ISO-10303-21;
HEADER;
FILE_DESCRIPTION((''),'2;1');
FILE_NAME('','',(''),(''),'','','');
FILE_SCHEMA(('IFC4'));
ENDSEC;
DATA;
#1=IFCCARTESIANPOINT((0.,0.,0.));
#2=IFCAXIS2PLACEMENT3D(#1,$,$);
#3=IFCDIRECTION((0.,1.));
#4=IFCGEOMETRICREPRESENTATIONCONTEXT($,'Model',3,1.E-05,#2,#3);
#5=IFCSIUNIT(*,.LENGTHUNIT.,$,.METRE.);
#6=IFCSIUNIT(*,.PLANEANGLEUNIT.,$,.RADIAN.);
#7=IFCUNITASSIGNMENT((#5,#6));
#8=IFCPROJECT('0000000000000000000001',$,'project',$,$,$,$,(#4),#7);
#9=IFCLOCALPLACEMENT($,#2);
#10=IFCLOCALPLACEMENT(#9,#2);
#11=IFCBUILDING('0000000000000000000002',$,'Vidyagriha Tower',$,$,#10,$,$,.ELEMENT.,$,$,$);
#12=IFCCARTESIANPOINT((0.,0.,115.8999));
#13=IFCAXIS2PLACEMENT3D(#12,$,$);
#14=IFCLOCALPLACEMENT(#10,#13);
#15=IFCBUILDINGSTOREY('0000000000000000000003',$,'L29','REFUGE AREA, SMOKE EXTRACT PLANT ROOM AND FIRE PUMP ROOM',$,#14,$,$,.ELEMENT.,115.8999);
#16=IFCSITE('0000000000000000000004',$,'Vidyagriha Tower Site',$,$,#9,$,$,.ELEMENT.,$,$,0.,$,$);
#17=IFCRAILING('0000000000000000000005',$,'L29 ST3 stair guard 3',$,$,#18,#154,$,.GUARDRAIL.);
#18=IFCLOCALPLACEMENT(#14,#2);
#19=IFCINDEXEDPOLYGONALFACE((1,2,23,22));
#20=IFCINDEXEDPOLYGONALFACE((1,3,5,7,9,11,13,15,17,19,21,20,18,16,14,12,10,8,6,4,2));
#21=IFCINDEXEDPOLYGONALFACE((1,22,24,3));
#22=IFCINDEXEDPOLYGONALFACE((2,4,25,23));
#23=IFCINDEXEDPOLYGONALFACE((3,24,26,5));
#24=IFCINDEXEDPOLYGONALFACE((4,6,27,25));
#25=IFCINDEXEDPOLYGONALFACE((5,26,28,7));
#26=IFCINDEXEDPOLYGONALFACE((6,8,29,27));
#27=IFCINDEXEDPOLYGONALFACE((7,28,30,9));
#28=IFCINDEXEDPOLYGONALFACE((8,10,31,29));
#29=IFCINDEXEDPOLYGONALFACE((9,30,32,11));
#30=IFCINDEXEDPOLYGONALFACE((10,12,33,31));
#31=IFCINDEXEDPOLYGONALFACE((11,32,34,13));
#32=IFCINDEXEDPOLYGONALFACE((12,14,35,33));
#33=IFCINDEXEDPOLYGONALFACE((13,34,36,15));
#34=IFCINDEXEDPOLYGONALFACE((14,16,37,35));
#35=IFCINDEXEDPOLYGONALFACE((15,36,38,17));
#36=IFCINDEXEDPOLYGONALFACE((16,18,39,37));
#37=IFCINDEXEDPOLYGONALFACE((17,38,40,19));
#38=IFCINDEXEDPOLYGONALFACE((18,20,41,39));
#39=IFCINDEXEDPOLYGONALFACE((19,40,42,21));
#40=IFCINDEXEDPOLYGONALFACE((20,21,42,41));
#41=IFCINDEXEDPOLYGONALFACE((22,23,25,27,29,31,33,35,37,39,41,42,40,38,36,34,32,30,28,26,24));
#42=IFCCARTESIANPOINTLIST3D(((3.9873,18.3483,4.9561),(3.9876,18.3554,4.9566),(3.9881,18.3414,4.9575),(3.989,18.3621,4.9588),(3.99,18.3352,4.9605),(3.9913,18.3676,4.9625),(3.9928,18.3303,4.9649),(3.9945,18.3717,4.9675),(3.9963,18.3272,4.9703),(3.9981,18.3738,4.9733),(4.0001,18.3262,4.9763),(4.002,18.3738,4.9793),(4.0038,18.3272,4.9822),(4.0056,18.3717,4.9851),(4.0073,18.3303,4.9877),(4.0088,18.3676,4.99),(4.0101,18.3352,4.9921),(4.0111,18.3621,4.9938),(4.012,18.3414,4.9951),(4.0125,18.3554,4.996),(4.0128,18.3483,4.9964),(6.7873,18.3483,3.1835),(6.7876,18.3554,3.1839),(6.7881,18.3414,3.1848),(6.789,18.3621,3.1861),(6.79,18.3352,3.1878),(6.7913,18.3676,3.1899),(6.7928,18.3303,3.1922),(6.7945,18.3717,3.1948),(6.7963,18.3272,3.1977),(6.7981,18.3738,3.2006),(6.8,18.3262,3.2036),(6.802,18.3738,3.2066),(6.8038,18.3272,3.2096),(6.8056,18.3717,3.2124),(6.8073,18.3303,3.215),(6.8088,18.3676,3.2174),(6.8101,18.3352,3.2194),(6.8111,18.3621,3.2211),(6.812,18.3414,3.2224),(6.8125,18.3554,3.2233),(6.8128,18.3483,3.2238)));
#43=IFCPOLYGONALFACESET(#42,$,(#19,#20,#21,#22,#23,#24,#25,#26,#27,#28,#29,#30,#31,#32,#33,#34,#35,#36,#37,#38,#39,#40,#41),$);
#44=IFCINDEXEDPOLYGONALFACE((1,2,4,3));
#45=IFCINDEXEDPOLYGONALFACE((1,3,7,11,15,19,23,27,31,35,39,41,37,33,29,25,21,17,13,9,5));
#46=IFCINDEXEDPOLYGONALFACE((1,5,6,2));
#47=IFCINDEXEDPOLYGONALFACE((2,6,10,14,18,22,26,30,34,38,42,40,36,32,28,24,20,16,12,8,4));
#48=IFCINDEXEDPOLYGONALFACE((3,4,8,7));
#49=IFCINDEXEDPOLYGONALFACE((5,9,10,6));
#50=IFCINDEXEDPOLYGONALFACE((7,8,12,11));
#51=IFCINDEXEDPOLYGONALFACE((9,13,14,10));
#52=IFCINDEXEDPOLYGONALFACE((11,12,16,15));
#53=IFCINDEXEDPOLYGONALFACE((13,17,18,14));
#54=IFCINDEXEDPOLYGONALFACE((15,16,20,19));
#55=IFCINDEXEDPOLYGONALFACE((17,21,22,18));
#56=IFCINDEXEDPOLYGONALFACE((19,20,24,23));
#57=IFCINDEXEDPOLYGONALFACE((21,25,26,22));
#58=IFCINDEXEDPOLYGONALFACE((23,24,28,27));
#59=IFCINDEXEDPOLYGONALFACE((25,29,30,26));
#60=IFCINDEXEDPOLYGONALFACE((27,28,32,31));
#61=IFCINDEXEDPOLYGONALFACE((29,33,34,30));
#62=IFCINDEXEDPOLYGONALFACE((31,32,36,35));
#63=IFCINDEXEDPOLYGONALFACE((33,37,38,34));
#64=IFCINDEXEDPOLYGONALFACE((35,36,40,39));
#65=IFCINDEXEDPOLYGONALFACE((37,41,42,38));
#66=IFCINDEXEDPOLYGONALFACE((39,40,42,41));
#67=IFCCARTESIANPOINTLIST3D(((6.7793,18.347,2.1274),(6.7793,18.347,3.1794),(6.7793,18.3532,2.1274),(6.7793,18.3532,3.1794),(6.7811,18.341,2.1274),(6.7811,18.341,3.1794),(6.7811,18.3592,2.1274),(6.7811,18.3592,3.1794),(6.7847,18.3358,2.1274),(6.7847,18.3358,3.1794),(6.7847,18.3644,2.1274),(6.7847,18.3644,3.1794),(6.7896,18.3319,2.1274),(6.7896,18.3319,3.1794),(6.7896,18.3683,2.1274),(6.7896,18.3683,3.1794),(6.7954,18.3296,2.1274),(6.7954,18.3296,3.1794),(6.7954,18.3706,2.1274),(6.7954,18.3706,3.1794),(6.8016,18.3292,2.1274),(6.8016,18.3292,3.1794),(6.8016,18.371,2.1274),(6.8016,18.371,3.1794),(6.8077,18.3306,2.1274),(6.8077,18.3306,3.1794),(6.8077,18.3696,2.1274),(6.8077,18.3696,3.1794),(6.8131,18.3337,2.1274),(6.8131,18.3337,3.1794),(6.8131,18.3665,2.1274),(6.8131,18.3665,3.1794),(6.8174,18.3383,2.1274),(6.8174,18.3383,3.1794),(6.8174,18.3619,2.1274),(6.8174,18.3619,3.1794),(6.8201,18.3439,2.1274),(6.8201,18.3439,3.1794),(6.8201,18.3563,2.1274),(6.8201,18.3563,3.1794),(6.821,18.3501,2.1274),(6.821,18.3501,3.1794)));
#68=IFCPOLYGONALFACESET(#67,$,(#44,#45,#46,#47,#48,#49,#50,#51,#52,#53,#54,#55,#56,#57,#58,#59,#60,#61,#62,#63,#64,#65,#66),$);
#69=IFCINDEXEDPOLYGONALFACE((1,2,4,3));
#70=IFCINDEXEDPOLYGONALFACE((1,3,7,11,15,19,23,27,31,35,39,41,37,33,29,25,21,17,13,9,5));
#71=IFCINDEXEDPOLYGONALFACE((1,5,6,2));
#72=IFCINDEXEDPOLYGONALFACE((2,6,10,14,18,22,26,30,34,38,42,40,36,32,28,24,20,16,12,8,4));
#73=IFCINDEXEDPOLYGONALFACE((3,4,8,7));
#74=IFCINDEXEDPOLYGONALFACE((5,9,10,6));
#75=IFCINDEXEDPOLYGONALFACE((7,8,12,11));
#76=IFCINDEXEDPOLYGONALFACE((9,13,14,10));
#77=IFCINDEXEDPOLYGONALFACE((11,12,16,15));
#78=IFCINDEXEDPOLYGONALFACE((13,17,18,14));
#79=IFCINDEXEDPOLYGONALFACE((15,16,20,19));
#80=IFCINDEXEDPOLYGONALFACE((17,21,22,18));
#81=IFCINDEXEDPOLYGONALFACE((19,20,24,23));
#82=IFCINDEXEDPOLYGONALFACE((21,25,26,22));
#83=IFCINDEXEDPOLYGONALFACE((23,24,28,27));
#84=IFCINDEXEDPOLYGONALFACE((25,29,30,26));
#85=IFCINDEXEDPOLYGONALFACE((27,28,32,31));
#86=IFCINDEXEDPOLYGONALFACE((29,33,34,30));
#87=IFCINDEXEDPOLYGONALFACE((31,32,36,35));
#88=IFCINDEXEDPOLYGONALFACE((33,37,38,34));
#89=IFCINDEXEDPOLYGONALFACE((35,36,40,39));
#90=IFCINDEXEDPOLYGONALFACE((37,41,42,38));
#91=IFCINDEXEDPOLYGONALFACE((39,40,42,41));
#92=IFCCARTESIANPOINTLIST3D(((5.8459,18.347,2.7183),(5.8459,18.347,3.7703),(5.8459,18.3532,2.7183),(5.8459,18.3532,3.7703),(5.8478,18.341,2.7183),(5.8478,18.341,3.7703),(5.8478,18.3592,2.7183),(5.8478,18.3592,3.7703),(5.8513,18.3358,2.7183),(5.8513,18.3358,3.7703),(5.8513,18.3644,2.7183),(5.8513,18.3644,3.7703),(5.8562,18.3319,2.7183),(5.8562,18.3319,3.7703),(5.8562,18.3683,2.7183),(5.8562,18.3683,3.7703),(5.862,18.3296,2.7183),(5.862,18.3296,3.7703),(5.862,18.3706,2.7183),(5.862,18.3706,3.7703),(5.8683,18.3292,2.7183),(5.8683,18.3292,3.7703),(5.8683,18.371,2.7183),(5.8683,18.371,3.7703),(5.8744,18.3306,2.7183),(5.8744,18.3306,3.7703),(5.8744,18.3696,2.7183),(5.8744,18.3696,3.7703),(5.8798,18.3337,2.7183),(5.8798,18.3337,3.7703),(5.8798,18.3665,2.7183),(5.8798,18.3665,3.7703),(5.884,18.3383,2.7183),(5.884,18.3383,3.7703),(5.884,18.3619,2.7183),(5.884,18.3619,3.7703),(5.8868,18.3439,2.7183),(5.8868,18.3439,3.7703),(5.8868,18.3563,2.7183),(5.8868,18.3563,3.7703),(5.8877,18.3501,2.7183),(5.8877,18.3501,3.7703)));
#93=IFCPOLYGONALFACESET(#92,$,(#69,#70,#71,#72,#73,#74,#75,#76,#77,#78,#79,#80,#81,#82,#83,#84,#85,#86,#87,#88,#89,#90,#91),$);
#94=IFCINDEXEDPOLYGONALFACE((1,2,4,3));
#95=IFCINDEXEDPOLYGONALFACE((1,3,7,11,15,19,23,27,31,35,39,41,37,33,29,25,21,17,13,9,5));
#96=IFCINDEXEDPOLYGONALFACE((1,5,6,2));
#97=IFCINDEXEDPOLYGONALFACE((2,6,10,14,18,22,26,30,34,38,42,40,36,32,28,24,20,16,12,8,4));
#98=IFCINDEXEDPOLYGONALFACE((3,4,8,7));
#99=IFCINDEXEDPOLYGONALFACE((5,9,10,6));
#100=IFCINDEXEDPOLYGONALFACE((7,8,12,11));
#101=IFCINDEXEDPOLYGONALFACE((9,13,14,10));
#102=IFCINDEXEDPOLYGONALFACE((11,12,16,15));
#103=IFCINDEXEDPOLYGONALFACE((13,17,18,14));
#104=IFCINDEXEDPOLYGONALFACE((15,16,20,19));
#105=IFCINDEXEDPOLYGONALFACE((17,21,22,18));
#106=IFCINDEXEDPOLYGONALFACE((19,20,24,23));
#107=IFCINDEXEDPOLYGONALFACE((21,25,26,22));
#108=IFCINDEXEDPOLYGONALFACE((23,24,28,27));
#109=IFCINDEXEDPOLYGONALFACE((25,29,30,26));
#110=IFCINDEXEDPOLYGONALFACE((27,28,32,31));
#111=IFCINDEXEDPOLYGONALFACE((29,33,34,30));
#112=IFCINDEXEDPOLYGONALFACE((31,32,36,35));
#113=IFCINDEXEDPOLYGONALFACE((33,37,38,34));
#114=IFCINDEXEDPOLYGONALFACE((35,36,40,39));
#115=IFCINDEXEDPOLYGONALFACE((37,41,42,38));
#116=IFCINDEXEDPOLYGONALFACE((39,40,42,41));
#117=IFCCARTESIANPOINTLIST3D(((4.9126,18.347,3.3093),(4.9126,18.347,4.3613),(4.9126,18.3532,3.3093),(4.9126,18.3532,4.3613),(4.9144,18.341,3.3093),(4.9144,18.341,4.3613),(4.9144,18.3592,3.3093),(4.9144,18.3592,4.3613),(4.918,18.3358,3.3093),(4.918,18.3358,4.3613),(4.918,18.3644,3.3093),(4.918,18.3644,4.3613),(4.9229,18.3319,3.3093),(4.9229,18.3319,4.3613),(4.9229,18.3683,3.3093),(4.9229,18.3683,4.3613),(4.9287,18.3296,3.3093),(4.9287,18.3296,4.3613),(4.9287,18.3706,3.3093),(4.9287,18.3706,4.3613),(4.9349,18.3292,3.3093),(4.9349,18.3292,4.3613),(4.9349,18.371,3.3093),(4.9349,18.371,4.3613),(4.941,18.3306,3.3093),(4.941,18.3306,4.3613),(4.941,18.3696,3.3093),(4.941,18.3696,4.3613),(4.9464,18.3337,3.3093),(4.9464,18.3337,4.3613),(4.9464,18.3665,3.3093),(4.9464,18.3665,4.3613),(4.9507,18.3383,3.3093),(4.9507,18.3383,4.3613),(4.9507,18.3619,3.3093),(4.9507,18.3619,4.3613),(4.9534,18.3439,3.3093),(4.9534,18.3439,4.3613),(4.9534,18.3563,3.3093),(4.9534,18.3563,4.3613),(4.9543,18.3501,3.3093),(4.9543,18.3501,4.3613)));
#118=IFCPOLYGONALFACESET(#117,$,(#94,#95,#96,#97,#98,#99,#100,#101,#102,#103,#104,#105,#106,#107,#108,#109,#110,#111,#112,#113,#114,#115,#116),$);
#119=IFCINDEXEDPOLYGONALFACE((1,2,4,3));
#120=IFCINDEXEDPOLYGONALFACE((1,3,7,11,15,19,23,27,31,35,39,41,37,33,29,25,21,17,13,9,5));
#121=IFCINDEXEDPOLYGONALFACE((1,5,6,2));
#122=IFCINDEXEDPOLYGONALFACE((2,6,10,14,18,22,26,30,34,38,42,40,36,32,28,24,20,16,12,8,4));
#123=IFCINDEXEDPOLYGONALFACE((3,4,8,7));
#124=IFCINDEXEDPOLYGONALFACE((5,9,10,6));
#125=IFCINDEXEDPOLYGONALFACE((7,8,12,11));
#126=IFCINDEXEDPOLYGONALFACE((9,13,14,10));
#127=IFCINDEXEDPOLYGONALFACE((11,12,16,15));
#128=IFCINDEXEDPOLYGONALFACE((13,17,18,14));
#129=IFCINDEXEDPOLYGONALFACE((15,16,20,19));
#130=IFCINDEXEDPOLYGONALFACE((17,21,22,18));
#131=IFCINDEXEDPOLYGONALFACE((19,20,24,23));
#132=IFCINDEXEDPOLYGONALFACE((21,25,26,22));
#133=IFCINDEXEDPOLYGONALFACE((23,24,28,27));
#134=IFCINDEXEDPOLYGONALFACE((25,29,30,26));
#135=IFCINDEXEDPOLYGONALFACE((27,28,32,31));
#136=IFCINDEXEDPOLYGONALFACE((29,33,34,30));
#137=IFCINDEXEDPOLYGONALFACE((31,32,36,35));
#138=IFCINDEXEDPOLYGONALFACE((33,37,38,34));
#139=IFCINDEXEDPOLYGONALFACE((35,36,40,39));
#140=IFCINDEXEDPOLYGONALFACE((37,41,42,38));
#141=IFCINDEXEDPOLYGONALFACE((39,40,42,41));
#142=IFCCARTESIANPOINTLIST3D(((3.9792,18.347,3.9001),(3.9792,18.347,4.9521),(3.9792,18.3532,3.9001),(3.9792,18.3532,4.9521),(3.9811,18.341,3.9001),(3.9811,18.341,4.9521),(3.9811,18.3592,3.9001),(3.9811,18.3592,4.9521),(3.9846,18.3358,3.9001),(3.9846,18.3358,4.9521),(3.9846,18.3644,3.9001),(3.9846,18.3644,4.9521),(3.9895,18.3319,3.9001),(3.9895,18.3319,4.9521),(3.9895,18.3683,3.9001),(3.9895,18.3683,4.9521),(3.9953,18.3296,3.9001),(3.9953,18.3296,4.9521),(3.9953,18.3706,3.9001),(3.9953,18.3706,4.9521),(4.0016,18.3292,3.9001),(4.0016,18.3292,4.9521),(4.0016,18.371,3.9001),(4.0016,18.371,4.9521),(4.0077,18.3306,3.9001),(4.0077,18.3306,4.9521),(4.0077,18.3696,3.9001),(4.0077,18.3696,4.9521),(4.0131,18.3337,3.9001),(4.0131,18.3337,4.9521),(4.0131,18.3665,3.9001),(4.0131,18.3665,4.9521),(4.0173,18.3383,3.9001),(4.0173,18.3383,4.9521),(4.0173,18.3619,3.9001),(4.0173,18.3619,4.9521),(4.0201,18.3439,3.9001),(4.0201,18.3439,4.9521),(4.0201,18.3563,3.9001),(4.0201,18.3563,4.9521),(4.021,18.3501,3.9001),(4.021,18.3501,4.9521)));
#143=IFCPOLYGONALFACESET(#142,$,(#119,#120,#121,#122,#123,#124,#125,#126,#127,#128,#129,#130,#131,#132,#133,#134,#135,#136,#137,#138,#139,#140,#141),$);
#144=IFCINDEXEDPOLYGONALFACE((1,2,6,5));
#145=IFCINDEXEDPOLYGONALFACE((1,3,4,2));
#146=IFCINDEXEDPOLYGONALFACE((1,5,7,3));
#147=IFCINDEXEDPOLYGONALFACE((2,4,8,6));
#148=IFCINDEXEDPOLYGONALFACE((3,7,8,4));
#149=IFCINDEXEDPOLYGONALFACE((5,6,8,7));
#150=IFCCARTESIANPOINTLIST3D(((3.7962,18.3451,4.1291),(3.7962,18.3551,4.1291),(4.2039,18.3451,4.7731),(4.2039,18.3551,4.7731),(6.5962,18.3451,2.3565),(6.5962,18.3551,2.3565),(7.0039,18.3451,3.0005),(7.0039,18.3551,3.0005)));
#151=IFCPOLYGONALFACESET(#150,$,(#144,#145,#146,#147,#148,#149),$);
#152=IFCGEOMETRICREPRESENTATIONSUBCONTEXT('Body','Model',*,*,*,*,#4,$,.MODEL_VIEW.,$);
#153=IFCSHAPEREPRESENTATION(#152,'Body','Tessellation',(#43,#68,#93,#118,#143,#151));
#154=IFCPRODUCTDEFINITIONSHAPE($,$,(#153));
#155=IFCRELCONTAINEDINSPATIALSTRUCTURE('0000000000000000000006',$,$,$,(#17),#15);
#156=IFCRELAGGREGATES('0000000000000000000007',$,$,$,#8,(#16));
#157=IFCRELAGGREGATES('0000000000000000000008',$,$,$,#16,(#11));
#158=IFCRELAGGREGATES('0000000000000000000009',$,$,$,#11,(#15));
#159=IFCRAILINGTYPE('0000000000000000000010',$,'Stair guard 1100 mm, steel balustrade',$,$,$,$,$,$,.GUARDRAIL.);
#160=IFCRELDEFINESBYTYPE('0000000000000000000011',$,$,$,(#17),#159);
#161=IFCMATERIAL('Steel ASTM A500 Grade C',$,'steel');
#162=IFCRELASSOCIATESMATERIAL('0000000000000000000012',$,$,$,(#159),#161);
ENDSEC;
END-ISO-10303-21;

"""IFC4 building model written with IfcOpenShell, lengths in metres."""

from ifc_helpers import new_model, si_unit, direction, frame, origin, origin_2d, place, context, subcontext, project, spatial, rectangle, circle, extrude, material, type_object, element, save


model = new_model("IFC4")

# Units and contexts
model_context = context("Model", 3, precision=1e-05, world=origin(), true_north=direction((0.0, 1.0)))
body_context = subcontext(model_context, "Body", "Model", "MODEL_VIEW")
ifc_project = project(units=[si_unit("LENGTHUNIT", "METRE"), si_unit("PLANEANGLEUNIT", "RADIAN")], contexts=[model_context])

# Site, building, storey
site_placement = place(None, origin())
site = spatial("IfcSite", under=ifc_project, at=site_placement, Name="Vidyagriha Tower Site", CompositionType="ELEMENT", RefElevation=0.0)
building_placement = place(site_placement, origin())
building = spatial("IfcBuilding", under=site, at=building_placement, Name="Vidyagriha Tower", CompositionType="ELEMENT")
storey_placement = place(building_placement, frame((0.0, 0.0, 115.8999)))
storey = spatial("IfcBuildingStorey", under=building, at=storey_placement, Name="L29", Description="REFUGE AREA, SMOKE EXTRACT PLANT ROOM AND FIRE PUMP ROOM", CompositionType="ELEMENT", Elevation=115.8999)

# Railing
ifc_material_1 = material(Name="Steel ASTM A500 Grade C", Category="steel")
railing_type_1 = type_object("IfcRailingType", Name="Stair guard 1100 mm, steel balustrade", PredefinedType="GUARDRAIL", material=ifc_material_1)
railing_1_placement = place(storey_placement, frame((6.8, 18.3501, 2.1274)))
element("IfcRailing", 1, at=railing_1_placement, inside=storey, type_object=railing_type_1, Name="L29 ST3 stair guard 3", PredefinedType="GUARDRAIL", context=body_context, shape_type="SweptSolid", body=[
    extrude(circle(Radius=0.0239, at=origin_2d()), frame((0.0, 0.0, 1.0762), z_axis=(-0.844909, 0.0, 0.53491), x_axis=(0.0, -1.0, 0.0)), (0.0, 0.0, 1.0), 3.314),
    extrude(circle(Radius=0.021, at=origin_2d()), origin(), (0.0, 0.0, 1.0), 1.052),
    extrude(circle(Radius=0.021, at=origin_2d()), frame((-0.9333, 0.0, 0.5908)), (0.0, 0.0, 1.0), 1.052),
    extrude(circle(Radius=0.021, at=origin_2d()), frame((-1.8667, 0.0, 1.1819)), (0.0, 0.0, 1.0), 1.052),
    extrude(circle(Radius=0.021, at=origin_2d()), frame((-2.8, 0.0, 1.7727)), (0.0, 0.0, 1.0), 1.052),
    extrude(rectangle(XDim=0.01, YDim=0.7622, at=origin_2d()), frame((0.0, 0.0, 0.551), z_axis=(-0.844909, 0.0, 0.53491), x_axis=(0.0, -1.0, 0.0)), (0.0, 0.0, 1.0), 3.314),
])

save(model, "model.ifc")
